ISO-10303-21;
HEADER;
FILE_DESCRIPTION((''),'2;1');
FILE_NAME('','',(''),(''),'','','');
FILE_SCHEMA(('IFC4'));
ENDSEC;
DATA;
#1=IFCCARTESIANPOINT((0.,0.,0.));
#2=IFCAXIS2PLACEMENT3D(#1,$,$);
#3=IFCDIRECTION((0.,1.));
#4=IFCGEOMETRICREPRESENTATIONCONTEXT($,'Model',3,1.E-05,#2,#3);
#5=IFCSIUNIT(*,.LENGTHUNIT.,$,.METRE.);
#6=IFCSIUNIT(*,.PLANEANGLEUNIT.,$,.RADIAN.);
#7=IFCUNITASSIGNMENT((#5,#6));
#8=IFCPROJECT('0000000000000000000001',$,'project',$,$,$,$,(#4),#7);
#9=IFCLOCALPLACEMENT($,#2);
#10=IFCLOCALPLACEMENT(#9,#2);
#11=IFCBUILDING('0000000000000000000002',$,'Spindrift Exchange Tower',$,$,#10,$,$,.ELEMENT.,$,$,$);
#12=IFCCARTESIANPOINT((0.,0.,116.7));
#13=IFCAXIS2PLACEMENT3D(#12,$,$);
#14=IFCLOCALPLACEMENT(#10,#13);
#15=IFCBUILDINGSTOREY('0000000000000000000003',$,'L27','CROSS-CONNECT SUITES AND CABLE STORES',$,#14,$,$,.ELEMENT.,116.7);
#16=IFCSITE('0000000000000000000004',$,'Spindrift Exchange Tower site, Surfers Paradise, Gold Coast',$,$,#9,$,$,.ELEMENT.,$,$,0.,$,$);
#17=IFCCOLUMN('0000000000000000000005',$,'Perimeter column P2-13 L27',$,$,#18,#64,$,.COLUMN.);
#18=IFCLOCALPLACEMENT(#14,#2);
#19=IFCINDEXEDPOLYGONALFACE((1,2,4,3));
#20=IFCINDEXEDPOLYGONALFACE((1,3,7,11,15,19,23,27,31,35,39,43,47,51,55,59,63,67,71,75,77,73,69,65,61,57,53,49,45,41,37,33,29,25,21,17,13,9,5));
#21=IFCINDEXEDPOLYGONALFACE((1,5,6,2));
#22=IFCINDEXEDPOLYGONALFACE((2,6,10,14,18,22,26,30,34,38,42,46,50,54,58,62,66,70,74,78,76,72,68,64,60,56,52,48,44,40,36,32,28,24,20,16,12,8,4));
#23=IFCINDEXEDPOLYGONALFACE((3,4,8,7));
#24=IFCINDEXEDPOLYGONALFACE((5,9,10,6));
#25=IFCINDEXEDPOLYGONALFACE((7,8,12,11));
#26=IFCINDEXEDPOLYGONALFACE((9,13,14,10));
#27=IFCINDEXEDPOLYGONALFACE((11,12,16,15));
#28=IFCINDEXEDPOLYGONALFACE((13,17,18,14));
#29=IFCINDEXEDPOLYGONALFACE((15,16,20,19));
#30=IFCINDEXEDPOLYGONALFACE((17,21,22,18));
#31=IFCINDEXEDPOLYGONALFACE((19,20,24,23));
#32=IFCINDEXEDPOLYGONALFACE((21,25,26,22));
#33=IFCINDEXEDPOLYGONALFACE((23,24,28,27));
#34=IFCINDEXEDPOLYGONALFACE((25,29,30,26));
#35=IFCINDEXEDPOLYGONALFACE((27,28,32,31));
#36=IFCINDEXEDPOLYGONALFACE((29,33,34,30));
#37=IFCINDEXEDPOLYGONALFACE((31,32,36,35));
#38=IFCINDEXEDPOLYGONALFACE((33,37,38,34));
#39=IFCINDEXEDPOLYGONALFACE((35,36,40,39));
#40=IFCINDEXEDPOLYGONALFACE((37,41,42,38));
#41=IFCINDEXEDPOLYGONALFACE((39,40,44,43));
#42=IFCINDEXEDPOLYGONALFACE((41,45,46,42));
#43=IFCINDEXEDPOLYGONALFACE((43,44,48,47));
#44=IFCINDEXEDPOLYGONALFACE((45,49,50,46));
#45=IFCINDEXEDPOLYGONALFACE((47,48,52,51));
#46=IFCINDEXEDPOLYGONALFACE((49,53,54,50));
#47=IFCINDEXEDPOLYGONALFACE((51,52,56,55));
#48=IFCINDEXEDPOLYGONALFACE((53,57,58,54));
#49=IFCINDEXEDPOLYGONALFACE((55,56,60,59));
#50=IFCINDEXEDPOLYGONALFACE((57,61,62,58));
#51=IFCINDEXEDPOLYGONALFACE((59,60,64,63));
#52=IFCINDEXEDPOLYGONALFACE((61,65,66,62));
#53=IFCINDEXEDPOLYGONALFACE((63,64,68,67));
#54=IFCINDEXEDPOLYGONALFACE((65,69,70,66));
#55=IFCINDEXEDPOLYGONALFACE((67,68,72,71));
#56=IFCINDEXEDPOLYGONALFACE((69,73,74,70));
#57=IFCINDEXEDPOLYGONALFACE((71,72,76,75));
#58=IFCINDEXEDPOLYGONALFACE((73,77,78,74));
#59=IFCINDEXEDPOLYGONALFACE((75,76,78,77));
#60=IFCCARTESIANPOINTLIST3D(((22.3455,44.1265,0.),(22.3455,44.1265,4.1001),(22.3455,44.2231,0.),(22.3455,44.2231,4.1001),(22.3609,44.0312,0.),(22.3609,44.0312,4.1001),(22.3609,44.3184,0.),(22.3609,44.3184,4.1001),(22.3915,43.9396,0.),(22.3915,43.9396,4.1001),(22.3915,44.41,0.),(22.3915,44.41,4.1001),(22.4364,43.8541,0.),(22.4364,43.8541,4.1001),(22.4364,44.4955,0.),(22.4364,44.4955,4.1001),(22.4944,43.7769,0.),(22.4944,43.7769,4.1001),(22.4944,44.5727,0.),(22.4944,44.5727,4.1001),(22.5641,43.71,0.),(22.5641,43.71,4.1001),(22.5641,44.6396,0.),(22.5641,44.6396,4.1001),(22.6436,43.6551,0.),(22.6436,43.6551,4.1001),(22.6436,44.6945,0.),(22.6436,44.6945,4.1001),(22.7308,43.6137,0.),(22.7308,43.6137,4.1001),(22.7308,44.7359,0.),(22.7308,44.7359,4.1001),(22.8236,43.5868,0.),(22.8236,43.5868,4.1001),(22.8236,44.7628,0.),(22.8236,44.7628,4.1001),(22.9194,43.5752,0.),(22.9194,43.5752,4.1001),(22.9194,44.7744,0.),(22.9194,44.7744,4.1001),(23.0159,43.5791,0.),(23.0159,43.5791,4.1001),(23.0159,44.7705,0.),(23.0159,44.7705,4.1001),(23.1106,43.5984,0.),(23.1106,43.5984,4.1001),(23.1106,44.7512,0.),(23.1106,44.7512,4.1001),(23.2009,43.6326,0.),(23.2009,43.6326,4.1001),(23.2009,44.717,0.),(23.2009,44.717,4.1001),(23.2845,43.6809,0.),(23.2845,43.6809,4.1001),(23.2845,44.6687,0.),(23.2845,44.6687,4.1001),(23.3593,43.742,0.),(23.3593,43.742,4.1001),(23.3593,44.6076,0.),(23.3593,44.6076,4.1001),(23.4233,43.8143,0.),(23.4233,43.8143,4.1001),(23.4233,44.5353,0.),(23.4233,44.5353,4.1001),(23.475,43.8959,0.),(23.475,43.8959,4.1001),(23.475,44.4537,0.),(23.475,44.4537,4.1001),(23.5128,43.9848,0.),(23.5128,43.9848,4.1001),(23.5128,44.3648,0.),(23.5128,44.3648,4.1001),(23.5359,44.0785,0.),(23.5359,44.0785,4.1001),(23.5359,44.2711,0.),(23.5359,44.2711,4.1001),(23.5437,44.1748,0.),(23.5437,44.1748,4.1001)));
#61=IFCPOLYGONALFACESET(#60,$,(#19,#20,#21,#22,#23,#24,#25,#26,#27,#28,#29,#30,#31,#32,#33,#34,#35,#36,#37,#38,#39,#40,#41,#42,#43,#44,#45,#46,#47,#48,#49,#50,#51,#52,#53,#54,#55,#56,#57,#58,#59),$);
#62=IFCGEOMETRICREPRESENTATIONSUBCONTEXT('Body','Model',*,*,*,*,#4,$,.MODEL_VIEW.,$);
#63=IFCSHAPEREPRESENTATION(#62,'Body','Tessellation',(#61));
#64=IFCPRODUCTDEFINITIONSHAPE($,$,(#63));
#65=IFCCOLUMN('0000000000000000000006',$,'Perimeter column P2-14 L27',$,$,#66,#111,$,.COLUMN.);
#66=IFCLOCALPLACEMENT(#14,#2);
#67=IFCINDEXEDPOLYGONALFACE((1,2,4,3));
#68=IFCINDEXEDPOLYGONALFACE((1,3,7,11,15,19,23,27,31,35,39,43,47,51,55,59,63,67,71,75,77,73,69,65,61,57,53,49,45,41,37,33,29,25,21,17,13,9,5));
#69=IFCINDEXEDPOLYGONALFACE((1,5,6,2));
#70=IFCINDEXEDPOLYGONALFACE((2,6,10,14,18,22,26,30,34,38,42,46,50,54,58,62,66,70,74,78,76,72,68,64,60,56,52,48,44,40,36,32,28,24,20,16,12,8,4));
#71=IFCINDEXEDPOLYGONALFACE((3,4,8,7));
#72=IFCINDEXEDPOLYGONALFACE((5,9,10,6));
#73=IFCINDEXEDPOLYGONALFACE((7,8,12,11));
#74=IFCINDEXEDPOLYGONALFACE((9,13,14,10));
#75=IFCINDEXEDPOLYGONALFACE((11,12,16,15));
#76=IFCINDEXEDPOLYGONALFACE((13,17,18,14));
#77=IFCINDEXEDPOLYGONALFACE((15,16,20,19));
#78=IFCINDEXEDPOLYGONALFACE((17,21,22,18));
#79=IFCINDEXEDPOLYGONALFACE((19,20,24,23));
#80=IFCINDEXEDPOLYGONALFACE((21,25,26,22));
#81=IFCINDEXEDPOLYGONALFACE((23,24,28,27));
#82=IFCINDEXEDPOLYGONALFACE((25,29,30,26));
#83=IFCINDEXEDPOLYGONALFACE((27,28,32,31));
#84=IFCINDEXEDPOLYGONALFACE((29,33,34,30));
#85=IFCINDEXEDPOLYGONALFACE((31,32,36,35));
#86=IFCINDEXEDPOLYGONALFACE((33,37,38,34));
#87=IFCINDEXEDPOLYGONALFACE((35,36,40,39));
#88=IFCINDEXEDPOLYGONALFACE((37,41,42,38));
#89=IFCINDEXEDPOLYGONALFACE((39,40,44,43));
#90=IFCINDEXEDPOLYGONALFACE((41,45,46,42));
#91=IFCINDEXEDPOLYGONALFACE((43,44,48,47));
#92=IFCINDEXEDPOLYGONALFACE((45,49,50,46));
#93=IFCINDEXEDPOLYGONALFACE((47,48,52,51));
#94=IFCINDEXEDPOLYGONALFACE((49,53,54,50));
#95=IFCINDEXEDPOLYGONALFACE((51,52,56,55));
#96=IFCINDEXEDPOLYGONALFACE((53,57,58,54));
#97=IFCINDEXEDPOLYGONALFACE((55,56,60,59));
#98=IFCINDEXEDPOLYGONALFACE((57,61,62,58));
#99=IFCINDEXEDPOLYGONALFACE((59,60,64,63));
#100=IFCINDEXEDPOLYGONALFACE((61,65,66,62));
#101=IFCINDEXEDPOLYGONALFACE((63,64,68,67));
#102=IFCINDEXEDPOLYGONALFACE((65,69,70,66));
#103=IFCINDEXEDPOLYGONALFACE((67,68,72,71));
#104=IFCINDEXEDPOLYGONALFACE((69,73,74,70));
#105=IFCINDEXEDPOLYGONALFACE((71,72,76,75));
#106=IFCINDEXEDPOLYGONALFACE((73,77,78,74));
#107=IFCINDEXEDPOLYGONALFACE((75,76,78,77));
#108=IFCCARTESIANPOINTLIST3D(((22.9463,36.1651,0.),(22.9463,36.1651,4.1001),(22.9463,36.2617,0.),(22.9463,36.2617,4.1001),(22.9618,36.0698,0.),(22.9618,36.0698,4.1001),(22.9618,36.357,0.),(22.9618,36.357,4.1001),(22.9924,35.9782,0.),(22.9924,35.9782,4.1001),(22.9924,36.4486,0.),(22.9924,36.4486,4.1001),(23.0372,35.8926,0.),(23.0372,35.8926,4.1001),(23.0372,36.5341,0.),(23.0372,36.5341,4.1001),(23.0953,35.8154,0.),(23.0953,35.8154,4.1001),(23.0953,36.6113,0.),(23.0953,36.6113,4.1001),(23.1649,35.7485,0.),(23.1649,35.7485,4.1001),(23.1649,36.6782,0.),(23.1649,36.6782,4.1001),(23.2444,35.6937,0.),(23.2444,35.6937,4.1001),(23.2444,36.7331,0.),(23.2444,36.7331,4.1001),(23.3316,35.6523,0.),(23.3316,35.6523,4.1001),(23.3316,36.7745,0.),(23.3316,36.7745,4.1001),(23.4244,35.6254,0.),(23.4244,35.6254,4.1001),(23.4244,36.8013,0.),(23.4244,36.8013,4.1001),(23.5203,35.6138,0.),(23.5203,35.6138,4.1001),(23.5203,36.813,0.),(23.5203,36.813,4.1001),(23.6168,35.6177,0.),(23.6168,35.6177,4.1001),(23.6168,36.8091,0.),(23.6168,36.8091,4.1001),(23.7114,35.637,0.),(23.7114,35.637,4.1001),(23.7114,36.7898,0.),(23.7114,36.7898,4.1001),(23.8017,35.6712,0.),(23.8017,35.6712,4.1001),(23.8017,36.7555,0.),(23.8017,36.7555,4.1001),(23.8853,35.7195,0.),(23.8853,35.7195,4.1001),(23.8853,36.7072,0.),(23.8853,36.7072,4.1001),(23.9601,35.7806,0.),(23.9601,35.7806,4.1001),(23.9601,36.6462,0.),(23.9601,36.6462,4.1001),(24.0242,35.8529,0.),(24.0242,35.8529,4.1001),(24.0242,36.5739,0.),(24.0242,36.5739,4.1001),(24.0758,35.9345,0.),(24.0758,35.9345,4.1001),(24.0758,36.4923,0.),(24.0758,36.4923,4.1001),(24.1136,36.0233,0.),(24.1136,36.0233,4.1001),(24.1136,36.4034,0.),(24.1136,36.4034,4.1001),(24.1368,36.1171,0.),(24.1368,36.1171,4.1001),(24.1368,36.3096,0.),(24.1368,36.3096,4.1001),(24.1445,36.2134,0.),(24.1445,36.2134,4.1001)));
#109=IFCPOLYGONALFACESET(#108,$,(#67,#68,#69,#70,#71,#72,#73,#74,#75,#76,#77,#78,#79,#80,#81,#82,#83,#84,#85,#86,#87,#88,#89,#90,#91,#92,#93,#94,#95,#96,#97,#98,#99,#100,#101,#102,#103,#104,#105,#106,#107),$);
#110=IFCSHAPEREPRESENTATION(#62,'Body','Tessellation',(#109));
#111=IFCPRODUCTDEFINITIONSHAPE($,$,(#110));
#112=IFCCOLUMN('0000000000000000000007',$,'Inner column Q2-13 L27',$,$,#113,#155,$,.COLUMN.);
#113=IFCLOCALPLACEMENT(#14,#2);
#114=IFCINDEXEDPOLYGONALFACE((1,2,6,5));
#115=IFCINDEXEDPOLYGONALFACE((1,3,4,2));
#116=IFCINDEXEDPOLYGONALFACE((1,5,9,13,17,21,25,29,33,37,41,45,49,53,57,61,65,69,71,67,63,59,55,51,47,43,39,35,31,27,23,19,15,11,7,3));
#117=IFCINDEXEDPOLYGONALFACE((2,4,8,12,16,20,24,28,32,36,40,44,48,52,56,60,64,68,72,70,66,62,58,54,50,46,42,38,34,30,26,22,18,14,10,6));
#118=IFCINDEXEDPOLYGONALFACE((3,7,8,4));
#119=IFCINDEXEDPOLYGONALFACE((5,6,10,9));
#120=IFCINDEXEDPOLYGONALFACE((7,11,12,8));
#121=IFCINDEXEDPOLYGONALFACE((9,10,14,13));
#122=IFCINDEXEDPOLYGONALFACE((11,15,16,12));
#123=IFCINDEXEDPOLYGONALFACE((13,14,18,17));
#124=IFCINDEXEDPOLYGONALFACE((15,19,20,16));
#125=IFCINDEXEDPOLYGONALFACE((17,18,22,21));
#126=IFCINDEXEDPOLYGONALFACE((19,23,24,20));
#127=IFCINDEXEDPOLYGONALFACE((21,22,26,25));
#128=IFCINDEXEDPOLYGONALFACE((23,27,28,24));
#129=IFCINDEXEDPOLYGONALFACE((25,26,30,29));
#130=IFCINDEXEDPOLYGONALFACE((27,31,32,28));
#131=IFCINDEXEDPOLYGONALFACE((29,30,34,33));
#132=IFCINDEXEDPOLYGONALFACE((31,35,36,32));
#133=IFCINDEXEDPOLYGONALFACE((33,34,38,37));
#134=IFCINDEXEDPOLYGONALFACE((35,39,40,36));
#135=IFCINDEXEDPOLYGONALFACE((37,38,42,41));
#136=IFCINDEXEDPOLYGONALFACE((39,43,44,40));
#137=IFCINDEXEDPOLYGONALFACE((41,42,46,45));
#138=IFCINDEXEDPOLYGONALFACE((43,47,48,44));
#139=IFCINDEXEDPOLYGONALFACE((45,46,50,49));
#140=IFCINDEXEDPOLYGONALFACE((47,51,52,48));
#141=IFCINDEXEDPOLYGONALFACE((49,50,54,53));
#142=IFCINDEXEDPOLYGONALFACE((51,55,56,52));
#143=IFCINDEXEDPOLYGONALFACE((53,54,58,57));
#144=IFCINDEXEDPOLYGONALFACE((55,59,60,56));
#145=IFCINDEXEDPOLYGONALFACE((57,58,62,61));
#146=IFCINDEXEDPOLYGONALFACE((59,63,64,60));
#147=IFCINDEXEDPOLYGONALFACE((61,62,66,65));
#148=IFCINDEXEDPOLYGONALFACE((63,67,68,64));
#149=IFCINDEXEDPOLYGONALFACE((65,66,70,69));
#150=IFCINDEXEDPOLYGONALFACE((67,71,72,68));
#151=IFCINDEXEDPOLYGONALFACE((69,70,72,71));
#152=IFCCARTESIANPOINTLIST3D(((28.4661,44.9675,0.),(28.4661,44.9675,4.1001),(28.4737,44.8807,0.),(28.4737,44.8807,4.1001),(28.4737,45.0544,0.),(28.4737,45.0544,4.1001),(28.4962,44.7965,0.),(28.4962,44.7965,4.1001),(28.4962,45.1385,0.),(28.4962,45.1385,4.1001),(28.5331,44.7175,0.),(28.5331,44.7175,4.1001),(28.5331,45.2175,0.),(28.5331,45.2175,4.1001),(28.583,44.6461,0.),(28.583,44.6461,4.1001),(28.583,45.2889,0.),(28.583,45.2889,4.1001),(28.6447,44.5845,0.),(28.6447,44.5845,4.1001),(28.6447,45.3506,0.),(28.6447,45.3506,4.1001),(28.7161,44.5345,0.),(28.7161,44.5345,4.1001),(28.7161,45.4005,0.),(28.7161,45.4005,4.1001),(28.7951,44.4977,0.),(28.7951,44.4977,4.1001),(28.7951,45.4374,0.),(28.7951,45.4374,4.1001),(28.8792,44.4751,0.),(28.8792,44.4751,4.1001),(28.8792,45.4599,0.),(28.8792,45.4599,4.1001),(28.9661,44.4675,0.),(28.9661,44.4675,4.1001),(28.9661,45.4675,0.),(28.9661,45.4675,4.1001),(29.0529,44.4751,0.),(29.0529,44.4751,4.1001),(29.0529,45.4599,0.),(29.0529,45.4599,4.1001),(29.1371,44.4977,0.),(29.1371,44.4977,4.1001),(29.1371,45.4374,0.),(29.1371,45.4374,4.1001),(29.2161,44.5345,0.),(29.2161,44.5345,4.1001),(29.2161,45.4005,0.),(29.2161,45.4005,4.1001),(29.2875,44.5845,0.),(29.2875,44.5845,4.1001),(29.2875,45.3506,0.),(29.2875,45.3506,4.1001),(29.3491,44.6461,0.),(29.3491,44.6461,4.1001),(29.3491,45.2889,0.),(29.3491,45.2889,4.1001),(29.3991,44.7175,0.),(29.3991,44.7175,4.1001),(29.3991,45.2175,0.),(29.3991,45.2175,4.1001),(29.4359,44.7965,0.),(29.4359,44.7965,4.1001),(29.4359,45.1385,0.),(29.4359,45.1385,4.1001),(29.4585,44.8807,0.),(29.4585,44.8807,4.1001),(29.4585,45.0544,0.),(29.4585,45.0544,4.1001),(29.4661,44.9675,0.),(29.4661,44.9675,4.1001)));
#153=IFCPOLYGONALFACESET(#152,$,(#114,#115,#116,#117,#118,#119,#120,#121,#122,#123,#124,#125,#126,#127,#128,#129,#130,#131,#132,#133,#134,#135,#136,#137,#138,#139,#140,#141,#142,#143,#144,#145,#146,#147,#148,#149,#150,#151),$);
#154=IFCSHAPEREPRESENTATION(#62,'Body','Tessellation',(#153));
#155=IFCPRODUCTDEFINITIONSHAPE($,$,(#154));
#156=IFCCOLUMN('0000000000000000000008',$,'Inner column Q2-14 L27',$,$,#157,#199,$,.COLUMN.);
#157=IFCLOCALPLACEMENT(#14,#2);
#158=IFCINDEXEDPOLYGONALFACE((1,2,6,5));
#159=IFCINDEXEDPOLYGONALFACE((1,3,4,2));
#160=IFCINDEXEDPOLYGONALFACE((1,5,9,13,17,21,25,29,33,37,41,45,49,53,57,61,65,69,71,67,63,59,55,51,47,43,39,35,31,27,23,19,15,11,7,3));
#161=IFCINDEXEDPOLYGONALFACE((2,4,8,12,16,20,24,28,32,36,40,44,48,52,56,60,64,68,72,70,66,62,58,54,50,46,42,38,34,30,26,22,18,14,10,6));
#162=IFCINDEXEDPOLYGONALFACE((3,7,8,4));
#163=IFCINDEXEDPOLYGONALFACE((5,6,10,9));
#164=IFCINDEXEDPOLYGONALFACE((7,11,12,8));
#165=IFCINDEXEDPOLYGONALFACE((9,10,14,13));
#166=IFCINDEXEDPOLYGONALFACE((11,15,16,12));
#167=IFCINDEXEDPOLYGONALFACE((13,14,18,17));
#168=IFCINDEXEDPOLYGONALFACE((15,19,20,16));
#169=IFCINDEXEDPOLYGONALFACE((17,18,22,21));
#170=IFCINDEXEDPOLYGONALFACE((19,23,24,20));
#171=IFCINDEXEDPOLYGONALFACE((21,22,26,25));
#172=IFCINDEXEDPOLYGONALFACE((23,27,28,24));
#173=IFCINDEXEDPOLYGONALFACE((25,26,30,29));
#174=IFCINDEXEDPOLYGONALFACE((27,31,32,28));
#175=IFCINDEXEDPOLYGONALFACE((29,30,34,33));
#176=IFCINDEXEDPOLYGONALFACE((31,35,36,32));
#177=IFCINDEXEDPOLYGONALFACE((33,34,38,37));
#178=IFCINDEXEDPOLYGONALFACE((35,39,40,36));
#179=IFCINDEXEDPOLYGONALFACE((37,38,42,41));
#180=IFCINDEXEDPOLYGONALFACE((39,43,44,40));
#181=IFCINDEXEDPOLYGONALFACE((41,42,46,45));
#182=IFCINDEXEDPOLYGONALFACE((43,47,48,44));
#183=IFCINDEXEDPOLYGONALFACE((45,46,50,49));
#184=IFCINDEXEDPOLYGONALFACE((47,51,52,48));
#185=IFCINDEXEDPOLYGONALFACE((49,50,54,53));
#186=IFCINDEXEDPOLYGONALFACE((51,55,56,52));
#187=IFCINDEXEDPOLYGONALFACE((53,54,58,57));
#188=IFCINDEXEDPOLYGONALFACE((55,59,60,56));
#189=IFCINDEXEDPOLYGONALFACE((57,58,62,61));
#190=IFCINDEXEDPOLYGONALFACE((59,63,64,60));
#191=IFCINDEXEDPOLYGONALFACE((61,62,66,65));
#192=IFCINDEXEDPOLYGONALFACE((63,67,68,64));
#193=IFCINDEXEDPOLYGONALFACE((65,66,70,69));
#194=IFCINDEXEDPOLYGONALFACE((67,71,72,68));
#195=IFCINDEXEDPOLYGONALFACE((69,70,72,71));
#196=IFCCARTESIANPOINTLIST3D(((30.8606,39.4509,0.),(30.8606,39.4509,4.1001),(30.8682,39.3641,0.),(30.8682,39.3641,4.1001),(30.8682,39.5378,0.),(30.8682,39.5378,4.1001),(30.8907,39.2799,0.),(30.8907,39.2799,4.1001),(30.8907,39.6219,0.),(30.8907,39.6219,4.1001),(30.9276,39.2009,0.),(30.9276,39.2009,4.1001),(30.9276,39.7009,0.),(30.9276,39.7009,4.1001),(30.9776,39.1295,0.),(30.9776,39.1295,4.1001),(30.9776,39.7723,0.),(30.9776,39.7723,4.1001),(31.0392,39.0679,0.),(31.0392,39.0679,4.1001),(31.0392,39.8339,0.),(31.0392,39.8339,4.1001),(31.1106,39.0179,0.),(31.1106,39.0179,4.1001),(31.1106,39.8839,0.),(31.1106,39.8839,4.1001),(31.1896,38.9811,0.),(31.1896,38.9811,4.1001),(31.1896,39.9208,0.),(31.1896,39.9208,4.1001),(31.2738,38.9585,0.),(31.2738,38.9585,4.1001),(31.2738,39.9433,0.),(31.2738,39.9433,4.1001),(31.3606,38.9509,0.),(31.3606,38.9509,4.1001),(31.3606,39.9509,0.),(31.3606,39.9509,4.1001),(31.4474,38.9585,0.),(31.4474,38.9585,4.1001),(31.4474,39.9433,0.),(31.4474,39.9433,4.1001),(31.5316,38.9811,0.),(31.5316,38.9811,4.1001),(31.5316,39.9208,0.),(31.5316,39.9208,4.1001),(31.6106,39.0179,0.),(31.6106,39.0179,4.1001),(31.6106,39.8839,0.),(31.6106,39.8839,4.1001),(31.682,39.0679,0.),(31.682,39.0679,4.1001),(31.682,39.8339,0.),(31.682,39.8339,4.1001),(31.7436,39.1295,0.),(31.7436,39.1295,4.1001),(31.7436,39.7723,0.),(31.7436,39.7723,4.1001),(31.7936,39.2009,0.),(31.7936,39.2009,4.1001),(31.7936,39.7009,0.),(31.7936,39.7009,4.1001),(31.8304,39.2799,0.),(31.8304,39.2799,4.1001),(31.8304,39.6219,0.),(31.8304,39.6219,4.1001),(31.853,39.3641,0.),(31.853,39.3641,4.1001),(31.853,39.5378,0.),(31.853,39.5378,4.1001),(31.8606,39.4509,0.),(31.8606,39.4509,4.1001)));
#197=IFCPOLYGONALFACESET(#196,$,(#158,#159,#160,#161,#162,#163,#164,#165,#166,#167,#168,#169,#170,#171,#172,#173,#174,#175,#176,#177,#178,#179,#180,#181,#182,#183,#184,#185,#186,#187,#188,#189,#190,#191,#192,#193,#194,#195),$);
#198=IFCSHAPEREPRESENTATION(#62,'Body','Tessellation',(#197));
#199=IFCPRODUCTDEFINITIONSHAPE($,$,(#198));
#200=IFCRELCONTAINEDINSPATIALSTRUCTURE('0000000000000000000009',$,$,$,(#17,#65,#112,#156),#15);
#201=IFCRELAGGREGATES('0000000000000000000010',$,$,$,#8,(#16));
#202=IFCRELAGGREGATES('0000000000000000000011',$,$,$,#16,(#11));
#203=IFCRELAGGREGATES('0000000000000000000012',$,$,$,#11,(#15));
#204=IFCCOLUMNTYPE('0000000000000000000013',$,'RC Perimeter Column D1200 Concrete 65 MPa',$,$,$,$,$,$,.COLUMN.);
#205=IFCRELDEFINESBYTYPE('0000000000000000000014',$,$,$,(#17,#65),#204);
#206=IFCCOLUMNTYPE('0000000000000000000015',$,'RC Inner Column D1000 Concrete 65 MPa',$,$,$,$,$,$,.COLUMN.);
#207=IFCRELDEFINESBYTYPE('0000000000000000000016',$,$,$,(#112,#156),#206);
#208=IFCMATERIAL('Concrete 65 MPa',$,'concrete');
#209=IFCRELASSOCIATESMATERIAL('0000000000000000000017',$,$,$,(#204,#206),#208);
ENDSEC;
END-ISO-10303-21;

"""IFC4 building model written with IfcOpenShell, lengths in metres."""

from ifc_helpers import new_model, si_unit, direction, frame, origin, origin_2d, place, context, subcontext, project, spatial, circle, extrude, source, transform, mapped, material, material_profile, profile_set, type_object, element, save


model = new_model("IFC4")

# Units and contexts
model_context = context("Model", 3, precision=1e-05, world=origin(), true_north=direction((0.0, 1.0)))
body_context = subcontext(model_context, "Body", "Model", "MODEL_VIEW")
ifc_project = project(units=[si_unit("LENGTHUNIT", "METRE"), si_unit("PLANEANGLEUNIT", "RADIAN")], contexts=[model_context])

# Site, building, storey
site_placement = place(None, origin())
site = spatial("IfcSite", under=ifc_project, at=site_placement, Name="Spindrift Exchange Tower site, Surfers Paradise, Gold Coast", CompositionType="ELEMENT", RefElevation=0.0)
building_placement = place(site_placement, origin())
building = spatial("IfcBuilding", under=site, at=building_placement, Name="Spindrift Exchange Tower", CompositionType="ELEMENT")
storey_placement = place(building_placement, frame((0.0, 0.0, 116.7)))
storey = spatial("IfcBuildingStorey", under=building, at=storey_placement, Name="L27", Description="CROSS-CONNECT SUITES AND CABLE STORES", CompositionType="ELEMENT", Elevation=116.7)

# Columns
ifc_material_1 = material(Name="Concrete 65 MPa", Category="concrete")
ifc_material_profile_1 = material_profile(ifc_material_1, circle(Radius=0.6001, at=origin_2d()), Name="RC D1200")
ifc_profile_set_1 = profile_set([ifc_material_profile_1], Name="Concrete 65 MPa")
column_type_1 = type_object("IfcColumnType", Name="RC Perimeter Column D1200 Concrete 65 MPa", PredefinedType="COLUMN", material=ifc_profile_set_1)
shared_shape_1 = source(origin(), body_context, "Body", "SweptSolid", [
    extrude(circle(Radius=0.6001, at=origin_2d()), origin(), (0.0, 0.0, 1.0), 4.1001),
])
for number, where, z_axis, x_axis, name in (
    (1, (22.9436, 44.1748, 0.0), (0.0, 0.0, 1.0), (1.0, 0.0, 0.0), "Perimeter column P2-13 L27"),
    (2, (23.5444, 36.2134, 0.0), (0.0, 0.0, 1.0), (1.0, 0.0, 0.0), "Perimeter column P2-14 L27"),
):
    element("IfcColumn", number, at=place(storey_placement, frame(where, z_axis=z_axis, x_axis=x_axis)), inside=storey, type_object=column_type_1, Name=name, PredefinedType="COLUMN", context=body_context, shape_type="MappedRepresentation", body=[
        mapped(shared_shape_1, transform((0.0, 0.0, 0.0), scale=1.0)),
    ])
ifc_material_profile_2 = material_profile(ifc_material_1, circle(Radius=0.5, at=origin_2d()), Name="RC D1000")
ifc_profile_set_2 = profile_set([ifc_material_profile_2], Name="Concrete 65 MPa")
column_type_2 = type_object("IfcColumnType", Name="RC Inner Column D1000 Concrete 65 MPa", PredefinedType="COLUMN", material=ifc_profile_set_2)
shared_shape_2 = source(origin(), body_context, "Body", "SweptSolid", [
    extrude(circle(Radius=0.5, at=origin_2d()), origin(), (0.0, 0.0, 1.0), 4.1001),
])
for number, where, z_axis, x_axis, name in (
    (3, (28.9661, 44.9675, 0.0), (0.0, 0.0, 1.0), (1.0, 0.0, 0.0), "Inner column Q2-13 L27"),
    (4, (31.3606, 39.4509, 0.0), (0.0, 0.0, 1.0), (1.0, 0.0, 0.0), "Inner column Q2-14 L27"),
):
    element("IfcColumn", number, at=place(storey_placement, frame(where, z_axis=z_axis, x_axis=x_axis)), inside=storey, type_object=column_type_2, Name=name, PredefinedType="COLUMN", context=body_context, shape_type="MappedRepresentation", body=[
        mapped(shared_shape_2, transform((0.0, 0.0, 0.0), scale=1.0)),
    ])

save(model, "model.ifc")
